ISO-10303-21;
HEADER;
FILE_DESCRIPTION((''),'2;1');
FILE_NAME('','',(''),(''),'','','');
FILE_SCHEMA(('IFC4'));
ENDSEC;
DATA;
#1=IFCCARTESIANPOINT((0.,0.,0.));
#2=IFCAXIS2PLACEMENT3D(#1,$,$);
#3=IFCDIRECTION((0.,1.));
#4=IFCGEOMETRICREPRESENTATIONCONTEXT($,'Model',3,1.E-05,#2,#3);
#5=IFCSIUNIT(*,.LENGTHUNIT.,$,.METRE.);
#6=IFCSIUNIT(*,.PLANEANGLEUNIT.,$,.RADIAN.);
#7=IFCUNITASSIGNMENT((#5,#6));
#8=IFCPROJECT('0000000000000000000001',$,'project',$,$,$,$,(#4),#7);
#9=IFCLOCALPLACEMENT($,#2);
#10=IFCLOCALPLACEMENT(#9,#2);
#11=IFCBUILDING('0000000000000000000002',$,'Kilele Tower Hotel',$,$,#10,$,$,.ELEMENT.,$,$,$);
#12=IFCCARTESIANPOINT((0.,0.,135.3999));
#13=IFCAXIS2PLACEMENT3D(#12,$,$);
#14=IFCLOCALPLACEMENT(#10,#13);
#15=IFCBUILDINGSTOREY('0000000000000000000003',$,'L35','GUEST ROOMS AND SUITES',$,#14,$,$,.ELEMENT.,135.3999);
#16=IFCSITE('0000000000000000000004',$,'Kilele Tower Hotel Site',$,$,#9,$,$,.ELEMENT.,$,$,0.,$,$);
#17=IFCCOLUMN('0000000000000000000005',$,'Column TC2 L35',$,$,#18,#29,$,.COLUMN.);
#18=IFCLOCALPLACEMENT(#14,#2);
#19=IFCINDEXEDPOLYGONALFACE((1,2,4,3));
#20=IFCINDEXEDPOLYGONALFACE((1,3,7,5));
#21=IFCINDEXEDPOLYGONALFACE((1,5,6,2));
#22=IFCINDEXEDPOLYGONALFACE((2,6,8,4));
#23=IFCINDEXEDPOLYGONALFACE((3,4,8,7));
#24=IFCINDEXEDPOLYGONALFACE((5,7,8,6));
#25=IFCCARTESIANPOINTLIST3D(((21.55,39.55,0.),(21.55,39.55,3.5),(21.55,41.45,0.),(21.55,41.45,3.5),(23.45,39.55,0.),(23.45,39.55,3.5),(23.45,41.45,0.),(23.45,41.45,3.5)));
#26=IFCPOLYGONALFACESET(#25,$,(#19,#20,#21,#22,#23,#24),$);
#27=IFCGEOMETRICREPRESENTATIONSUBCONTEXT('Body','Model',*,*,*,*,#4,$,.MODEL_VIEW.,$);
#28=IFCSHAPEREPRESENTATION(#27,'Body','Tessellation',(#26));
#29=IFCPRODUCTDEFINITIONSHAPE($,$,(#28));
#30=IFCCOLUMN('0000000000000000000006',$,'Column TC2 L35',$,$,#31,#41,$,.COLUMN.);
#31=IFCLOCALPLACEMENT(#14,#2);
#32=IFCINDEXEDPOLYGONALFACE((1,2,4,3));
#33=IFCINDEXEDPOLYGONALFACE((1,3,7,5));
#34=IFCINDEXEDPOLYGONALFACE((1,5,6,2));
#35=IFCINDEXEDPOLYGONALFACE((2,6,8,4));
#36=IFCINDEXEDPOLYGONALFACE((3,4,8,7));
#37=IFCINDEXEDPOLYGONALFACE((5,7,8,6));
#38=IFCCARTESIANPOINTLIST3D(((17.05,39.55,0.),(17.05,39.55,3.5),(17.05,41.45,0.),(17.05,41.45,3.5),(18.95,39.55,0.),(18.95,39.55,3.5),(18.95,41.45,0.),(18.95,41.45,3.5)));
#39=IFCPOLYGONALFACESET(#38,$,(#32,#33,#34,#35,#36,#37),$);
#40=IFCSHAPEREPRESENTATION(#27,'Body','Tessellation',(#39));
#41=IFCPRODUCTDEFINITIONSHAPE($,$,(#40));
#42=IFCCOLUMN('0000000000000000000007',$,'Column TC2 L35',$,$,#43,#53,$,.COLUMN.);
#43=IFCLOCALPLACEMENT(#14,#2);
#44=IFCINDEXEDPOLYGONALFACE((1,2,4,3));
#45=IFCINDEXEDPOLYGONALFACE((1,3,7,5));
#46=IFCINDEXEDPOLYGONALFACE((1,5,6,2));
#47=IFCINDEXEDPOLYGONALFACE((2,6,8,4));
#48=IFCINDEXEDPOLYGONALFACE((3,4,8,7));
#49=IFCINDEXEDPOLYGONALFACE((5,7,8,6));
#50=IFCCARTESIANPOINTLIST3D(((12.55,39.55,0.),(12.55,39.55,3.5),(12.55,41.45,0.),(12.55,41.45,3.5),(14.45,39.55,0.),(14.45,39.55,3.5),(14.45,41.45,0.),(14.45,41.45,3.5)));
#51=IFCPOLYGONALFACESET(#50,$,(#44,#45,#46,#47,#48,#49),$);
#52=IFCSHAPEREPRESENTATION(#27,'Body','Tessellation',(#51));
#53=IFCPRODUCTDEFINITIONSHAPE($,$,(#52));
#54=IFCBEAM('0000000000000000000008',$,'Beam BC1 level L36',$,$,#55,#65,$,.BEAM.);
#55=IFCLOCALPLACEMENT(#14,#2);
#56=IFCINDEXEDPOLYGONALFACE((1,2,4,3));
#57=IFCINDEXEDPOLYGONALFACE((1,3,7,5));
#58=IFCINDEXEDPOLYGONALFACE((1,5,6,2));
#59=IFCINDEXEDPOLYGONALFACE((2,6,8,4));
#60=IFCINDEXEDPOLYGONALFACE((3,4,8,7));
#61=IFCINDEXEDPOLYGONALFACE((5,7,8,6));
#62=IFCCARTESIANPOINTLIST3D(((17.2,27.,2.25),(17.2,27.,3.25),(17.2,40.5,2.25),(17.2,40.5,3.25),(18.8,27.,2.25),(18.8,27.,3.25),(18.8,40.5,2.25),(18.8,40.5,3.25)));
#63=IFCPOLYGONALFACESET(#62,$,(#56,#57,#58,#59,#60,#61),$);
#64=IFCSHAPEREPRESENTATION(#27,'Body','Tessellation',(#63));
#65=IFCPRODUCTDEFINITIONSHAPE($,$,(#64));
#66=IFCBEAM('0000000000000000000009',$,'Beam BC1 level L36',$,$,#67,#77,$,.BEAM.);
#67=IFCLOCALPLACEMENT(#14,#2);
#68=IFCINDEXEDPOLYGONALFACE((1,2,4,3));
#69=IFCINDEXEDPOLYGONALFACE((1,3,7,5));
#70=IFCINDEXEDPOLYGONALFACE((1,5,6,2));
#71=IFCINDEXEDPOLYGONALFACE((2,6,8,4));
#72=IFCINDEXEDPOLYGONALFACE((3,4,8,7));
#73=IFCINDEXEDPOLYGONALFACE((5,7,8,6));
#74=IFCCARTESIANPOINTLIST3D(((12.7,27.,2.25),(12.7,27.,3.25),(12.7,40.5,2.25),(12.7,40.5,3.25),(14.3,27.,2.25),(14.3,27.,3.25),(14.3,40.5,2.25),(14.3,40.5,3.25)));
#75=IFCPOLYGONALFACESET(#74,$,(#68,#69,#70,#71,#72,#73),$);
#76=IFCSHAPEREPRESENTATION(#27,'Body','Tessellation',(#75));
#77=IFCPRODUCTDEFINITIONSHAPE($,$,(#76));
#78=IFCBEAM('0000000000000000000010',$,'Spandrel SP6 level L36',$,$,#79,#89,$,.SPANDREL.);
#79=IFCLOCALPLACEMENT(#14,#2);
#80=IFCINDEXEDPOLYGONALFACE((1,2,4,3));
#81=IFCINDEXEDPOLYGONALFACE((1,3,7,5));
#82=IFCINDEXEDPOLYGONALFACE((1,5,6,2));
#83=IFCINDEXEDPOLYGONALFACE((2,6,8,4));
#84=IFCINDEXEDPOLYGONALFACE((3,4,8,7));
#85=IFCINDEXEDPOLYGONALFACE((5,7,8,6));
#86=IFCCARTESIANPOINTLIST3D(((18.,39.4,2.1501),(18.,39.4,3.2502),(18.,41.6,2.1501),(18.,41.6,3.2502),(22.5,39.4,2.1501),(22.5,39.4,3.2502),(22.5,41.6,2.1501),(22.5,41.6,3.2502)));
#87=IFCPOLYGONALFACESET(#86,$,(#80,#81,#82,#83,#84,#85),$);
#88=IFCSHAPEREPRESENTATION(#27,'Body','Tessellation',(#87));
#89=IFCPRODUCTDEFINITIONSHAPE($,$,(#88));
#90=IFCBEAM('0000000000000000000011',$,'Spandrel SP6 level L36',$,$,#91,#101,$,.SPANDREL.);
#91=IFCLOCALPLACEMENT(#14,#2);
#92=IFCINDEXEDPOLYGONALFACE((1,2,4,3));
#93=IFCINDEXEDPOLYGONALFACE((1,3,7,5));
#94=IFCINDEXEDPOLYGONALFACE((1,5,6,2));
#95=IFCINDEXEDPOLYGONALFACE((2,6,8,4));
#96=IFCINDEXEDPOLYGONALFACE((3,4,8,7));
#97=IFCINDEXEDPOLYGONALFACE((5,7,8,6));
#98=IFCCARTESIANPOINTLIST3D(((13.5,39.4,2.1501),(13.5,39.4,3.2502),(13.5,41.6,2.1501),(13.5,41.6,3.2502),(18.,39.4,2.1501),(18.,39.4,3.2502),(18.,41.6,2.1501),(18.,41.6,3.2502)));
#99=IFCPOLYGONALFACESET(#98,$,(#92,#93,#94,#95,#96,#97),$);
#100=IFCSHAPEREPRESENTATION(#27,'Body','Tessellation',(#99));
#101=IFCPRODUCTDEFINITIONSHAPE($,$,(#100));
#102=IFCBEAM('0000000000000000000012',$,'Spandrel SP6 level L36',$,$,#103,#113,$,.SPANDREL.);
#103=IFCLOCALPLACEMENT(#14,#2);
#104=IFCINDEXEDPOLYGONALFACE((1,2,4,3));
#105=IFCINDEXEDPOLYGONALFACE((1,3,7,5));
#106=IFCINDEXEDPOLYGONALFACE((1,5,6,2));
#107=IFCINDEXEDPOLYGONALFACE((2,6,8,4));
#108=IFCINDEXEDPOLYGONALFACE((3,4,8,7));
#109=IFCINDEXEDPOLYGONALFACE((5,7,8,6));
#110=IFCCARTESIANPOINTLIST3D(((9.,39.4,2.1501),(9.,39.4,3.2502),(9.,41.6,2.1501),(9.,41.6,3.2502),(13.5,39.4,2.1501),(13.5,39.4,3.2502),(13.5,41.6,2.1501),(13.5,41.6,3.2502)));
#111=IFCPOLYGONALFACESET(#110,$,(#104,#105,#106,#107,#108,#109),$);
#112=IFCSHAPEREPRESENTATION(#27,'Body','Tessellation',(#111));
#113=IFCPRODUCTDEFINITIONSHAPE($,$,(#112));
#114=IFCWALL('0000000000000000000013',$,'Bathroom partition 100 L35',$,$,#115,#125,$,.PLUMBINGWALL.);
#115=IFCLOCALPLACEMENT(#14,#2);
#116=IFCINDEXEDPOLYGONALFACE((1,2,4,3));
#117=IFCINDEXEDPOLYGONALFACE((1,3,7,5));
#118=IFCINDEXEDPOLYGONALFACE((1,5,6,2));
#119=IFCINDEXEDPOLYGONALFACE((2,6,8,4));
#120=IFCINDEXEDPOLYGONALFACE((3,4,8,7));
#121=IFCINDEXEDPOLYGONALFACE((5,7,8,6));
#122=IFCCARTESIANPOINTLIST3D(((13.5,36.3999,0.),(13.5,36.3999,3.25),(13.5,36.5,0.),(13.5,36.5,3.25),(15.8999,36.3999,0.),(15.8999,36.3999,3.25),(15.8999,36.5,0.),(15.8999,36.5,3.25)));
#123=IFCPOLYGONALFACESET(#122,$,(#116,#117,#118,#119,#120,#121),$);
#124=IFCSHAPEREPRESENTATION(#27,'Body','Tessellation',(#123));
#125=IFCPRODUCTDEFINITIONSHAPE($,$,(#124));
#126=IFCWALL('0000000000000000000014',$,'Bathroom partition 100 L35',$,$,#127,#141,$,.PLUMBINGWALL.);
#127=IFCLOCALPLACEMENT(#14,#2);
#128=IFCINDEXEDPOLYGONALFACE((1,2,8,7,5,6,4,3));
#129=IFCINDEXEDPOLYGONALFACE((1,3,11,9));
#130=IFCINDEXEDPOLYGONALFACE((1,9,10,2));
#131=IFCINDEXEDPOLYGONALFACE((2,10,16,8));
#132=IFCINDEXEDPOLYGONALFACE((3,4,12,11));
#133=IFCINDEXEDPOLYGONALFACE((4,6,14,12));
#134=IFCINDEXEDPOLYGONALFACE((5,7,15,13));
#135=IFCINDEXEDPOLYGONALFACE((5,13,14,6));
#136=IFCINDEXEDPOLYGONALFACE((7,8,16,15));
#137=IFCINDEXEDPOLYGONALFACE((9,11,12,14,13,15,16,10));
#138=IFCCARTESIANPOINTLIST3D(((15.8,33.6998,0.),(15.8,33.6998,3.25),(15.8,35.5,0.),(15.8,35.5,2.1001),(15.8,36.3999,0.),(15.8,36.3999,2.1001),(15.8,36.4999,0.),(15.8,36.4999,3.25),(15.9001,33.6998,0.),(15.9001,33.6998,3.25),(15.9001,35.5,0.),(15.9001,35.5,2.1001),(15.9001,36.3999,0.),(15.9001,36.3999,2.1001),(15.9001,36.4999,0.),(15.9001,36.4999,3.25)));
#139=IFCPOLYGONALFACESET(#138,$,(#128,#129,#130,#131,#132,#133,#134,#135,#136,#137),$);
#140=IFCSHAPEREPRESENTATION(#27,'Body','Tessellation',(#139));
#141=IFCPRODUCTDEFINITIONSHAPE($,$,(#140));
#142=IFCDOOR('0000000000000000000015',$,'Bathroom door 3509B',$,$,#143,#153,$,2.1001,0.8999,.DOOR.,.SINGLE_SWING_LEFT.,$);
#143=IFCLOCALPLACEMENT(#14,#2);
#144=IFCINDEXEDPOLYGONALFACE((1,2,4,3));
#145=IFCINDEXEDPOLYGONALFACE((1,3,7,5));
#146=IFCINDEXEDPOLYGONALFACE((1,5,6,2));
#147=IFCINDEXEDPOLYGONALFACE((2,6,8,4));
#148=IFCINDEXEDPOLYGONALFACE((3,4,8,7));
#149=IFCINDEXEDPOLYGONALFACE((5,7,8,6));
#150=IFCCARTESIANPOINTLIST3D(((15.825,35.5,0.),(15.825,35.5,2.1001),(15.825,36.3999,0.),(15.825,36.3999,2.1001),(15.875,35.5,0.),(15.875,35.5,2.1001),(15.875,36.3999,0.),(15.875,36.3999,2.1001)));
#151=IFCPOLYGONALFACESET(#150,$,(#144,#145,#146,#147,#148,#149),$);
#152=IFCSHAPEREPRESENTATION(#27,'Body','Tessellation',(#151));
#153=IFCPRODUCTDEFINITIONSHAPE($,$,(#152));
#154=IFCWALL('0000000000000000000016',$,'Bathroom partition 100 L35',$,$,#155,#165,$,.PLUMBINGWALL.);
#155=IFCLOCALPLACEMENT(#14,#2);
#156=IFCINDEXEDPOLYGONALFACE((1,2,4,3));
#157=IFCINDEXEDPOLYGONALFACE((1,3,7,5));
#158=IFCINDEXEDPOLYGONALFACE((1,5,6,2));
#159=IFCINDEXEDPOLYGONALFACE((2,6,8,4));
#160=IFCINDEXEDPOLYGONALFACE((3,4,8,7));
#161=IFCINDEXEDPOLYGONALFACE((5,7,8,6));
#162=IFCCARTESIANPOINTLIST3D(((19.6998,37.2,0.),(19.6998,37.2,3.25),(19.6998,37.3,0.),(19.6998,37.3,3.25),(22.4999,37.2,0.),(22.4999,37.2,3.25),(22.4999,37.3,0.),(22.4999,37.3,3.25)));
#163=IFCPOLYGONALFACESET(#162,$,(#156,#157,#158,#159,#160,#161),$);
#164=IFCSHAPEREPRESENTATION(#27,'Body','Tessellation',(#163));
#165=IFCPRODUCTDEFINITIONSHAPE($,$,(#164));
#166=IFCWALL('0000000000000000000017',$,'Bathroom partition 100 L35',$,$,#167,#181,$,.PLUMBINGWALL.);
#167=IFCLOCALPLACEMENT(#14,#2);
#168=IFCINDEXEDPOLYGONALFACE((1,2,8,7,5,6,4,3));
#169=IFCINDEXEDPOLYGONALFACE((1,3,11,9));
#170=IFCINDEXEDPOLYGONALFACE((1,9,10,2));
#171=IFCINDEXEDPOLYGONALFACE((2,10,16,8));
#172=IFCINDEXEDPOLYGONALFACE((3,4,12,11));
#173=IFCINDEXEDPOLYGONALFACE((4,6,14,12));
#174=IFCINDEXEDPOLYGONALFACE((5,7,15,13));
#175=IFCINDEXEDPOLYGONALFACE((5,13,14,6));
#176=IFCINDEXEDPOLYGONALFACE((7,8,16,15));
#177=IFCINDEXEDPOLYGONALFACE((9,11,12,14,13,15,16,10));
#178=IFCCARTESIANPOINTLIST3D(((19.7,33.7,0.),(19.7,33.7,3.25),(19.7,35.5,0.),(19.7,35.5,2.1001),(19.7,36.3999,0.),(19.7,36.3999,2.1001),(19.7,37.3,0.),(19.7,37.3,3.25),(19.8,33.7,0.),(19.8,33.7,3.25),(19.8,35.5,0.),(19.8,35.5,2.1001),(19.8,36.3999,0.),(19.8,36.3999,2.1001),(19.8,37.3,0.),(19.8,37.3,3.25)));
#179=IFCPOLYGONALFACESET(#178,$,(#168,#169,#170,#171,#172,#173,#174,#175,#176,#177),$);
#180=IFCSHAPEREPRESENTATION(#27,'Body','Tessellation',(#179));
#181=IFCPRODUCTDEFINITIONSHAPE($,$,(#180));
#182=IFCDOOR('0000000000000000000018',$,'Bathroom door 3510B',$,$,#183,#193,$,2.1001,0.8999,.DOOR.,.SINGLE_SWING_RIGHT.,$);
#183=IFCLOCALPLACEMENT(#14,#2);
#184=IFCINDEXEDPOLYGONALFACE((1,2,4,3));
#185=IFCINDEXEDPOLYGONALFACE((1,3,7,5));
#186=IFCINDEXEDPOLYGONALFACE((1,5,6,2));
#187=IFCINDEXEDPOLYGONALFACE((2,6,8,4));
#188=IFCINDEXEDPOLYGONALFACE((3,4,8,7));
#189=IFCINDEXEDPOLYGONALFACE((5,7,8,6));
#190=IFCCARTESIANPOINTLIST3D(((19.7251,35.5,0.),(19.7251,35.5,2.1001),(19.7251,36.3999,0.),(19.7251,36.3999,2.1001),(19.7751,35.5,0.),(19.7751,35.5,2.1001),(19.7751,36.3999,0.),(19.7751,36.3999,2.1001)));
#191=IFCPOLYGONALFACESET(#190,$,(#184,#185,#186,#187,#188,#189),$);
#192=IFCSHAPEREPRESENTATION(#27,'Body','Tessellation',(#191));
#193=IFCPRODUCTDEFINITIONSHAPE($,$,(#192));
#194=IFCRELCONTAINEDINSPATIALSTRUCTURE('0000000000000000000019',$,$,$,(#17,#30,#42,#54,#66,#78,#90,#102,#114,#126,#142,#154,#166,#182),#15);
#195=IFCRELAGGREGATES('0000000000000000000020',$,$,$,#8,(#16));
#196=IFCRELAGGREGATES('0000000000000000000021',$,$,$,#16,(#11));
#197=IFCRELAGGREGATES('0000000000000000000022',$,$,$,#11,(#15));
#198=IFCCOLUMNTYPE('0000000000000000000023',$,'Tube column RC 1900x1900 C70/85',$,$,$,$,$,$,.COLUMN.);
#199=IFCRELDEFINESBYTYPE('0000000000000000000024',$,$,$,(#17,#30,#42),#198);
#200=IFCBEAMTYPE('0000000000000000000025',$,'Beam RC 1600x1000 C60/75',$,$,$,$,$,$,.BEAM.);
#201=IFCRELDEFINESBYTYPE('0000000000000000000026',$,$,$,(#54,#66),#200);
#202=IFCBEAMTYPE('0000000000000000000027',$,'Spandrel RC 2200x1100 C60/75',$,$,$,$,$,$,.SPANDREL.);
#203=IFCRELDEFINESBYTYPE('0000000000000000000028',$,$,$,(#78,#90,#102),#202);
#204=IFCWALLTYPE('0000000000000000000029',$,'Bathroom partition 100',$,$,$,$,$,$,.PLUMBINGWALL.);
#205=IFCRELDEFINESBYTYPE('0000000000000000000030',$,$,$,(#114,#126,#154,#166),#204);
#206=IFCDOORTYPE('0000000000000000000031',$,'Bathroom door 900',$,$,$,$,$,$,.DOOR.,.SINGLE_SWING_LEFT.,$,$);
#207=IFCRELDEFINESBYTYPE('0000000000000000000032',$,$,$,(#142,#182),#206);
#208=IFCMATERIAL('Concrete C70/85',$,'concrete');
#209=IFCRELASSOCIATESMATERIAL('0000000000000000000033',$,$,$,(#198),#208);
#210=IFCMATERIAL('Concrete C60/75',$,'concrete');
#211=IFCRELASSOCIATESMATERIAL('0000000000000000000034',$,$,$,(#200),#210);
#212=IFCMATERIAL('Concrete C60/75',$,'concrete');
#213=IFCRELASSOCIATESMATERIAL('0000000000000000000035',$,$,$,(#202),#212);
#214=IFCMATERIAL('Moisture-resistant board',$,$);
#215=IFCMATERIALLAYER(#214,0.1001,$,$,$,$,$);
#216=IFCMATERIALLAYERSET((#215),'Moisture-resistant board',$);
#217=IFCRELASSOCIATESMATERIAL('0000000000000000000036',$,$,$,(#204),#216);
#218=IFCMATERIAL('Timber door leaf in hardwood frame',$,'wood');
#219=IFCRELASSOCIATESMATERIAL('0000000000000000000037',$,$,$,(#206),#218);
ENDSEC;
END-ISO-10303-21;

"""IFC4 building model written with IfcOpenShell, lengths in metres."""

from ifc_helpers import new_model, si_unit, direction, frame, frame_2d, origin, origin_2d, place, context, subcontext, project, spatial, rectangle, extrude, material, layer, layer_set, material_profile, profile_set, type_object, element, fill, save


model = new_model("IFC4")

# Units and contexts
model_context = context("Model", 3, precision=1e-05, world=origin(), true_north=direction((0.0, 1.0)))
body_context = subcontext(model_context, "Body", "Model", "MODEL_VIEW")
ifc_project = project(units=[si_unit("LENGTHUNIT", "METRE"), si_unit("PLANEANGLEUNIT", "RADIAN")], contexts=[model_context])

# Site, building, storey
site_placement = place(None, origin())
site = spatial("IfcSite", under=ifc_project, at=site_placement, Name="Kilele Tower Hotel Site", CompositionType="ELEMENT", RefElevation=0.0)
building_placement = place(site_placement, origin())
building = spatial("IfcBuilding", under=site, at=building_placement, Name="Kilele Tower Hotel", CompositionType="ELEMENT")
storey_placement = place(building_placement, frame((0.0, 0.0, 135.3999)))
storey = spatial("IfcBuildingStorey", under=building, at=storey_placement, Name="L35", Description="GUEST ROOMS AND SUITES", CompositionType="ELEMENT", Elevation=135.3999)

# Columns
ifc_material_1 = material(Name="Concrete C70/85", Category="concrete")
ifc_material_profile_1 = material_profile(ifc_material_1, rectangle(XDim=1.8999, YDim=1.8999, at=origin_2d()))
ifc_profile_set_1 = profile_set([ifc_material_profile_1], Name="Concrete C70/85")
column_type = type_object("IfcColumnType", Name="Tube column RC 1900x1900 C70/85", PredefinedType="COLUMN", material=ifc_profile_set_1)
for number, where, z_axis, x_axis, name in (
    (1, (22.5, 40.5, 0.0), (0.0, 0.0, 1.0), (1.0, 0.0, 0.0), "Column TC2 L35"),
    (2, (18.0, 40.5, 0.0), (0.0, 0.0, 1.0), (1.0, 0.0, 0.0), "Column TC2 L35"),
    (3, (13.5, 40.5, 0.0), (0.0, 0.0, 1.0), (1.0, 0.0, 0.0), "Column TC2 L35"),
):
    element("IfcColumn", number, at=place(storey_placement, frame(where, z_axis=z_axis, x_axis=x_axis)), inside=storey, type_object=column_type, Name=name, PredefinedType="COLUMN", context=body_context, shape_type="SweptSolid", body=[
        extrude(rectangle(XDim=1.8999, YDim=1.8999, at=origin_2d()), origin(), (0.0, 0.0, 1.0), 3.5),
    ])

# Beams
ifc_material_2 = material(Name="Concrete C60/75", Category="concrete")
ifc_material_profile_2 = material_profile(ifc_material_2, rectangle(XDim=1.6001, YDim=1.0, at=origin_2d()))
ifc_profile_set_2 = profile_set([ifc_material_profile_2], Name="Concrete C60/75")
beam_type_1 = type_object("IfcBeamType", Name="Beam RC 1600x1000 C60/75", PredefinedType="BEAM", material=ifc_profile_set_2)
for number, where, z_axis, x_axis, name in (
    (4, (18.0, 40.5, 2.75), (0.0, -1.0, 0.0), (1.0, 0.0, 0.0), "Beam BC1 level L36"),
    (5, (13.5, 40.5, 2.75), (0.0, -1.0, 0.0), (1.0, 0.0, 0.0), "Beam BC1 level L36"),
):
    element("IfcBeam", number, at=place(storey_placement, frame(where, z_axis=z_axis, x_axis=x_axis)), inside=storey, type_object=beam_type_1, Name=name, PredefinedType="BEAM", context=body_context, shape_type="SweptSolid", body=[
        extrude(rectangle(XDim=1.6001, YDim=1.0, at=origin_2d()), origin(), (0.0, 0.0, 1.0), 13.5),
    ])
ifc_material_3 = material(Name="Concrete C60/75", Category="concrete")
ifc_material_profile_3 = material_profile(ifc_material_3, rectangle(XDim=2.2, YDim=1.1001, at=origin_2d()))
ifc_profile_set_3 = profile_set([ifc_material_profile_3], Name="Concrete C60/75")
beam_type_2 = type_object("IfcBeamType", Name="Spandrel RC 2200x1100 C60/75", PredefinedType="SPANDREL", material=ifc_profile_set_3)
for number, where, z_axis, x_axis, name in (
    (6, (22.5, 40.5, 2.7002), (-1.0, 0.0, 0.0), (0.0, -1.0, 0.0), "Spandrel SP6 level L36"),
    (7, (18.0, 40.5, 2.7002), (-1.0, 0.0, 0.0), (0.0, -1.0, 0.0), "Spandrel SP6 level L36"),
    (8, (13.5, 40.5, 2.7002), (-1.0, 0.0, 0.0), (0.0, -1.0, 0.0), "Spandrel SP6 level L36"),
):
    element("IfcBeam", number, at=place(storey_placement, frame(where, z_axis=z_axis, x_axis=x_axis)), inside=storey, type_object=beam_type_2, Name=name, PredefinedType="SPANDREL", context=body_context, shape_type="SweptSolid", body=[
        extrude(rectangle(XDim=2.2, YDim=1.1001, at=origin_2d()), origin(), (0.0, 0.0, 1.0), 4.5),
    ])

# Wall
ifc_material_4 = material(Name="Moisture-resistant board")
ifc_layer_1 = layer(ifc_material_4, 0.1001)
ifc_layer_set_1 = layer_set([ifc_layer_1], Name="Moisture-resistant board")
wall_type_1 = type_object("IfcWallType", Name="Bathroom partition 100", PredefinedType="PLUMBINGWALL", material=ifc_layer_set_1)
wall_1_placement = place(storey_placement, frame((13.5, 36.45, 0.0), z_axis=(0.0, 0.0, 1.0), x_axis=(1.0, 0.0, 0.0)))
element("IfcWall", 9, at=wall_1_placement, inside=storey, type_object=wall_type_1, Name="Bathroom partition 100 L35", PredefinedType="PLUMBINGWALL", context=body_context, shape_type="SweptSolid", body=[
    extrude(rectangle(XDim=2.3999, YDim=0.1001, at=frame_2d((1.2, 0.0))), origin(), (0.0, 0.0, 1.0), 3.25),
])

# Wall, opening, door
wall_2_placement = place(storey_placement, frame((15.8501, 33.7, 0.0), z_axis=(0.0, 0.0, 1.0), x_axis=(0.0, 1.0, 0.0)))
wall_2 = element("IfcWall", 10, at=wall_2_placement, inside=storey, type_object=wall_type_1, Name="Bathroom partition 100 L35", PredefinedType="PLUMBINGWALL", context=body_context, shape_type="SweptSolid", body=[
    extrude(rectangle(XDim=2.8, YDim=0.1001, at=frame_2d((1.3999, 0.0))), origin(), (0.0, 0.0, 1.0), 3.25),
])
opening_1_placement = place(wall_2_placement, frame((2.7, 0.0, 0.0), z_axis=(0.0, 0.0, 1.0), x_axis=(-1.0, 0.0, 0.0)))
opening_1 = element("IfcOpeningElement", 11, at=opening_1_placement, cuts=wall_2, PredefinedType="OPENING", context=body_context, shape_type="SweptSolid", body=[
    extrude(rectangle(XDim=0.8999, YDim=2.1001, at=frame_2d((0.45, 1.05))), frame((0.0, 0.0601, 0.0), z_axis=(0.0, -1.0, 0.0), x_axis=(1.0, 0.0, 0.0)), (0.0, 0.0, 1.0), 0.1201),
])
ifc_material_5 = material(Name="Timber door leaf in hardwood frame", Category="wood")
door_type_1 = type_object("IfcDoorType", Name="Bathroom door 900", OperationType="SINGLE_SWING_LEFT", PredefinedType="DOOR", material=ifc_material_5)
door_1_placement = place(opening_1_placement, origin())
door_1 = element("IfcDoor", 12, at=door_1_placement, inside=storey, type_object=door_type_1, Name="Bathroom door 3509B", OperationType="SINGLE_SWING_LEFT", OverallHeight=2.1001, OverallWidth=0.8999, PredefinedType="DOOR", context=body_context, shape_type="SweptSolid", body=[
    extrude(rectangle(XDim=0.8999, YDim=2.1001, at=frame_2d((0.45, 1.05))), frame((0.0, 0.0249, 0.0), z_axis=(0.0, -1.0, 0.0), x_axis=(1.0, 0.0, 0.0)), (0.0, 0.0, 1.0), 0.05),
])
fill(opening_1, door_1)

# Wall
wall_3_placement = place(storey_placement, frame((19.7, 37.25, 0.0), z_axis=(0.0, 0.0, 1.0), x_axis=(1.0, 0.0, 0.0)))
element("IfcWall", 13, at=wall_3_placement, inside=storey, type_object=wall_type_1, Name="Bathroom partition 100 L35", PredefinedType="PLUMBINGWALL", context=body_context, shape_type="SweptSolid", body=[
    extrude(rectangle(XDim=2.8, YDim=0.1001, at=frame_2d((1.3999, 0.0))), origin(), (0.0, 0.0, 1.0), 3.25),
])

# Wall, opening, door
wall_4_placement = place(storey_placement, frame((19.75, 33.7, 0.0), z_axis=(0.0, 0.0, 1.0), x_axis=(0.0, 1.0, 0.0)))
wall_4 = element("IfcWall", 14, at=wall_4_placement, inside=storey, type_object=wall_type_1, Name="Bathroom partition 100 L35", PredefinedType="PLUMBINGWALL", context=body_context, shape_type="SweptSolid", body=[
    extrude(rectangle(XDim=3.6001, YDim=0.1001, at=frame_2d((1.8, 0.0))), origin(), (0.0, 0.0, 1.0), 3.25),
])
opening_2_placement = place(wall_4_placement, frame((1.8, 0.0, 0.0)))
opening_2 = element("IfcOpeningElement", 15, at=opening_2_placement, cuts=wall_4, PredefinedType="OPENING", context=body_context, shape_type="SweptSolid", body=[
    extrude(rectangle(XDim=0.8999, YDim=2.1001, at=frame_2d((0.45, 1.05))), frame((0.0, 0.0601, 0.0), z_axis=(0.0, -1.0, 0.0), x_axis=(1.0, 0.0, 0.0)), (0.0, 0.0, 1.0), 0.1201),
])
door_2_placement = place(opening_2_placement, origin())
door_2 = element("IfcDoor", 16, at=door_2_placement, inside=storey, type_object=door_type_1, Name="Bathroom door 3510B", OperationType="SINGLE_SWING_RIGHT", OverallHeight=2.1001, OverallWidth=0.8999, PredefinedType="DOOR", context=body_context, shape_type="SweptSolid", body=[
    extrude(rectangle(XDim=0.8999, YDim=2.1001, at=frame_2d((0.45, 1.05))), frame((0.0, 0.0249, 0.0), z_axis=(0.0, -1.0, 0.0), x_axis=(1.0, 0.0, 0.0)), (0.0, 0.0, 1.0), 0.05),
])
fill(opening_2, door_2)

save(model, "model.ifc")
